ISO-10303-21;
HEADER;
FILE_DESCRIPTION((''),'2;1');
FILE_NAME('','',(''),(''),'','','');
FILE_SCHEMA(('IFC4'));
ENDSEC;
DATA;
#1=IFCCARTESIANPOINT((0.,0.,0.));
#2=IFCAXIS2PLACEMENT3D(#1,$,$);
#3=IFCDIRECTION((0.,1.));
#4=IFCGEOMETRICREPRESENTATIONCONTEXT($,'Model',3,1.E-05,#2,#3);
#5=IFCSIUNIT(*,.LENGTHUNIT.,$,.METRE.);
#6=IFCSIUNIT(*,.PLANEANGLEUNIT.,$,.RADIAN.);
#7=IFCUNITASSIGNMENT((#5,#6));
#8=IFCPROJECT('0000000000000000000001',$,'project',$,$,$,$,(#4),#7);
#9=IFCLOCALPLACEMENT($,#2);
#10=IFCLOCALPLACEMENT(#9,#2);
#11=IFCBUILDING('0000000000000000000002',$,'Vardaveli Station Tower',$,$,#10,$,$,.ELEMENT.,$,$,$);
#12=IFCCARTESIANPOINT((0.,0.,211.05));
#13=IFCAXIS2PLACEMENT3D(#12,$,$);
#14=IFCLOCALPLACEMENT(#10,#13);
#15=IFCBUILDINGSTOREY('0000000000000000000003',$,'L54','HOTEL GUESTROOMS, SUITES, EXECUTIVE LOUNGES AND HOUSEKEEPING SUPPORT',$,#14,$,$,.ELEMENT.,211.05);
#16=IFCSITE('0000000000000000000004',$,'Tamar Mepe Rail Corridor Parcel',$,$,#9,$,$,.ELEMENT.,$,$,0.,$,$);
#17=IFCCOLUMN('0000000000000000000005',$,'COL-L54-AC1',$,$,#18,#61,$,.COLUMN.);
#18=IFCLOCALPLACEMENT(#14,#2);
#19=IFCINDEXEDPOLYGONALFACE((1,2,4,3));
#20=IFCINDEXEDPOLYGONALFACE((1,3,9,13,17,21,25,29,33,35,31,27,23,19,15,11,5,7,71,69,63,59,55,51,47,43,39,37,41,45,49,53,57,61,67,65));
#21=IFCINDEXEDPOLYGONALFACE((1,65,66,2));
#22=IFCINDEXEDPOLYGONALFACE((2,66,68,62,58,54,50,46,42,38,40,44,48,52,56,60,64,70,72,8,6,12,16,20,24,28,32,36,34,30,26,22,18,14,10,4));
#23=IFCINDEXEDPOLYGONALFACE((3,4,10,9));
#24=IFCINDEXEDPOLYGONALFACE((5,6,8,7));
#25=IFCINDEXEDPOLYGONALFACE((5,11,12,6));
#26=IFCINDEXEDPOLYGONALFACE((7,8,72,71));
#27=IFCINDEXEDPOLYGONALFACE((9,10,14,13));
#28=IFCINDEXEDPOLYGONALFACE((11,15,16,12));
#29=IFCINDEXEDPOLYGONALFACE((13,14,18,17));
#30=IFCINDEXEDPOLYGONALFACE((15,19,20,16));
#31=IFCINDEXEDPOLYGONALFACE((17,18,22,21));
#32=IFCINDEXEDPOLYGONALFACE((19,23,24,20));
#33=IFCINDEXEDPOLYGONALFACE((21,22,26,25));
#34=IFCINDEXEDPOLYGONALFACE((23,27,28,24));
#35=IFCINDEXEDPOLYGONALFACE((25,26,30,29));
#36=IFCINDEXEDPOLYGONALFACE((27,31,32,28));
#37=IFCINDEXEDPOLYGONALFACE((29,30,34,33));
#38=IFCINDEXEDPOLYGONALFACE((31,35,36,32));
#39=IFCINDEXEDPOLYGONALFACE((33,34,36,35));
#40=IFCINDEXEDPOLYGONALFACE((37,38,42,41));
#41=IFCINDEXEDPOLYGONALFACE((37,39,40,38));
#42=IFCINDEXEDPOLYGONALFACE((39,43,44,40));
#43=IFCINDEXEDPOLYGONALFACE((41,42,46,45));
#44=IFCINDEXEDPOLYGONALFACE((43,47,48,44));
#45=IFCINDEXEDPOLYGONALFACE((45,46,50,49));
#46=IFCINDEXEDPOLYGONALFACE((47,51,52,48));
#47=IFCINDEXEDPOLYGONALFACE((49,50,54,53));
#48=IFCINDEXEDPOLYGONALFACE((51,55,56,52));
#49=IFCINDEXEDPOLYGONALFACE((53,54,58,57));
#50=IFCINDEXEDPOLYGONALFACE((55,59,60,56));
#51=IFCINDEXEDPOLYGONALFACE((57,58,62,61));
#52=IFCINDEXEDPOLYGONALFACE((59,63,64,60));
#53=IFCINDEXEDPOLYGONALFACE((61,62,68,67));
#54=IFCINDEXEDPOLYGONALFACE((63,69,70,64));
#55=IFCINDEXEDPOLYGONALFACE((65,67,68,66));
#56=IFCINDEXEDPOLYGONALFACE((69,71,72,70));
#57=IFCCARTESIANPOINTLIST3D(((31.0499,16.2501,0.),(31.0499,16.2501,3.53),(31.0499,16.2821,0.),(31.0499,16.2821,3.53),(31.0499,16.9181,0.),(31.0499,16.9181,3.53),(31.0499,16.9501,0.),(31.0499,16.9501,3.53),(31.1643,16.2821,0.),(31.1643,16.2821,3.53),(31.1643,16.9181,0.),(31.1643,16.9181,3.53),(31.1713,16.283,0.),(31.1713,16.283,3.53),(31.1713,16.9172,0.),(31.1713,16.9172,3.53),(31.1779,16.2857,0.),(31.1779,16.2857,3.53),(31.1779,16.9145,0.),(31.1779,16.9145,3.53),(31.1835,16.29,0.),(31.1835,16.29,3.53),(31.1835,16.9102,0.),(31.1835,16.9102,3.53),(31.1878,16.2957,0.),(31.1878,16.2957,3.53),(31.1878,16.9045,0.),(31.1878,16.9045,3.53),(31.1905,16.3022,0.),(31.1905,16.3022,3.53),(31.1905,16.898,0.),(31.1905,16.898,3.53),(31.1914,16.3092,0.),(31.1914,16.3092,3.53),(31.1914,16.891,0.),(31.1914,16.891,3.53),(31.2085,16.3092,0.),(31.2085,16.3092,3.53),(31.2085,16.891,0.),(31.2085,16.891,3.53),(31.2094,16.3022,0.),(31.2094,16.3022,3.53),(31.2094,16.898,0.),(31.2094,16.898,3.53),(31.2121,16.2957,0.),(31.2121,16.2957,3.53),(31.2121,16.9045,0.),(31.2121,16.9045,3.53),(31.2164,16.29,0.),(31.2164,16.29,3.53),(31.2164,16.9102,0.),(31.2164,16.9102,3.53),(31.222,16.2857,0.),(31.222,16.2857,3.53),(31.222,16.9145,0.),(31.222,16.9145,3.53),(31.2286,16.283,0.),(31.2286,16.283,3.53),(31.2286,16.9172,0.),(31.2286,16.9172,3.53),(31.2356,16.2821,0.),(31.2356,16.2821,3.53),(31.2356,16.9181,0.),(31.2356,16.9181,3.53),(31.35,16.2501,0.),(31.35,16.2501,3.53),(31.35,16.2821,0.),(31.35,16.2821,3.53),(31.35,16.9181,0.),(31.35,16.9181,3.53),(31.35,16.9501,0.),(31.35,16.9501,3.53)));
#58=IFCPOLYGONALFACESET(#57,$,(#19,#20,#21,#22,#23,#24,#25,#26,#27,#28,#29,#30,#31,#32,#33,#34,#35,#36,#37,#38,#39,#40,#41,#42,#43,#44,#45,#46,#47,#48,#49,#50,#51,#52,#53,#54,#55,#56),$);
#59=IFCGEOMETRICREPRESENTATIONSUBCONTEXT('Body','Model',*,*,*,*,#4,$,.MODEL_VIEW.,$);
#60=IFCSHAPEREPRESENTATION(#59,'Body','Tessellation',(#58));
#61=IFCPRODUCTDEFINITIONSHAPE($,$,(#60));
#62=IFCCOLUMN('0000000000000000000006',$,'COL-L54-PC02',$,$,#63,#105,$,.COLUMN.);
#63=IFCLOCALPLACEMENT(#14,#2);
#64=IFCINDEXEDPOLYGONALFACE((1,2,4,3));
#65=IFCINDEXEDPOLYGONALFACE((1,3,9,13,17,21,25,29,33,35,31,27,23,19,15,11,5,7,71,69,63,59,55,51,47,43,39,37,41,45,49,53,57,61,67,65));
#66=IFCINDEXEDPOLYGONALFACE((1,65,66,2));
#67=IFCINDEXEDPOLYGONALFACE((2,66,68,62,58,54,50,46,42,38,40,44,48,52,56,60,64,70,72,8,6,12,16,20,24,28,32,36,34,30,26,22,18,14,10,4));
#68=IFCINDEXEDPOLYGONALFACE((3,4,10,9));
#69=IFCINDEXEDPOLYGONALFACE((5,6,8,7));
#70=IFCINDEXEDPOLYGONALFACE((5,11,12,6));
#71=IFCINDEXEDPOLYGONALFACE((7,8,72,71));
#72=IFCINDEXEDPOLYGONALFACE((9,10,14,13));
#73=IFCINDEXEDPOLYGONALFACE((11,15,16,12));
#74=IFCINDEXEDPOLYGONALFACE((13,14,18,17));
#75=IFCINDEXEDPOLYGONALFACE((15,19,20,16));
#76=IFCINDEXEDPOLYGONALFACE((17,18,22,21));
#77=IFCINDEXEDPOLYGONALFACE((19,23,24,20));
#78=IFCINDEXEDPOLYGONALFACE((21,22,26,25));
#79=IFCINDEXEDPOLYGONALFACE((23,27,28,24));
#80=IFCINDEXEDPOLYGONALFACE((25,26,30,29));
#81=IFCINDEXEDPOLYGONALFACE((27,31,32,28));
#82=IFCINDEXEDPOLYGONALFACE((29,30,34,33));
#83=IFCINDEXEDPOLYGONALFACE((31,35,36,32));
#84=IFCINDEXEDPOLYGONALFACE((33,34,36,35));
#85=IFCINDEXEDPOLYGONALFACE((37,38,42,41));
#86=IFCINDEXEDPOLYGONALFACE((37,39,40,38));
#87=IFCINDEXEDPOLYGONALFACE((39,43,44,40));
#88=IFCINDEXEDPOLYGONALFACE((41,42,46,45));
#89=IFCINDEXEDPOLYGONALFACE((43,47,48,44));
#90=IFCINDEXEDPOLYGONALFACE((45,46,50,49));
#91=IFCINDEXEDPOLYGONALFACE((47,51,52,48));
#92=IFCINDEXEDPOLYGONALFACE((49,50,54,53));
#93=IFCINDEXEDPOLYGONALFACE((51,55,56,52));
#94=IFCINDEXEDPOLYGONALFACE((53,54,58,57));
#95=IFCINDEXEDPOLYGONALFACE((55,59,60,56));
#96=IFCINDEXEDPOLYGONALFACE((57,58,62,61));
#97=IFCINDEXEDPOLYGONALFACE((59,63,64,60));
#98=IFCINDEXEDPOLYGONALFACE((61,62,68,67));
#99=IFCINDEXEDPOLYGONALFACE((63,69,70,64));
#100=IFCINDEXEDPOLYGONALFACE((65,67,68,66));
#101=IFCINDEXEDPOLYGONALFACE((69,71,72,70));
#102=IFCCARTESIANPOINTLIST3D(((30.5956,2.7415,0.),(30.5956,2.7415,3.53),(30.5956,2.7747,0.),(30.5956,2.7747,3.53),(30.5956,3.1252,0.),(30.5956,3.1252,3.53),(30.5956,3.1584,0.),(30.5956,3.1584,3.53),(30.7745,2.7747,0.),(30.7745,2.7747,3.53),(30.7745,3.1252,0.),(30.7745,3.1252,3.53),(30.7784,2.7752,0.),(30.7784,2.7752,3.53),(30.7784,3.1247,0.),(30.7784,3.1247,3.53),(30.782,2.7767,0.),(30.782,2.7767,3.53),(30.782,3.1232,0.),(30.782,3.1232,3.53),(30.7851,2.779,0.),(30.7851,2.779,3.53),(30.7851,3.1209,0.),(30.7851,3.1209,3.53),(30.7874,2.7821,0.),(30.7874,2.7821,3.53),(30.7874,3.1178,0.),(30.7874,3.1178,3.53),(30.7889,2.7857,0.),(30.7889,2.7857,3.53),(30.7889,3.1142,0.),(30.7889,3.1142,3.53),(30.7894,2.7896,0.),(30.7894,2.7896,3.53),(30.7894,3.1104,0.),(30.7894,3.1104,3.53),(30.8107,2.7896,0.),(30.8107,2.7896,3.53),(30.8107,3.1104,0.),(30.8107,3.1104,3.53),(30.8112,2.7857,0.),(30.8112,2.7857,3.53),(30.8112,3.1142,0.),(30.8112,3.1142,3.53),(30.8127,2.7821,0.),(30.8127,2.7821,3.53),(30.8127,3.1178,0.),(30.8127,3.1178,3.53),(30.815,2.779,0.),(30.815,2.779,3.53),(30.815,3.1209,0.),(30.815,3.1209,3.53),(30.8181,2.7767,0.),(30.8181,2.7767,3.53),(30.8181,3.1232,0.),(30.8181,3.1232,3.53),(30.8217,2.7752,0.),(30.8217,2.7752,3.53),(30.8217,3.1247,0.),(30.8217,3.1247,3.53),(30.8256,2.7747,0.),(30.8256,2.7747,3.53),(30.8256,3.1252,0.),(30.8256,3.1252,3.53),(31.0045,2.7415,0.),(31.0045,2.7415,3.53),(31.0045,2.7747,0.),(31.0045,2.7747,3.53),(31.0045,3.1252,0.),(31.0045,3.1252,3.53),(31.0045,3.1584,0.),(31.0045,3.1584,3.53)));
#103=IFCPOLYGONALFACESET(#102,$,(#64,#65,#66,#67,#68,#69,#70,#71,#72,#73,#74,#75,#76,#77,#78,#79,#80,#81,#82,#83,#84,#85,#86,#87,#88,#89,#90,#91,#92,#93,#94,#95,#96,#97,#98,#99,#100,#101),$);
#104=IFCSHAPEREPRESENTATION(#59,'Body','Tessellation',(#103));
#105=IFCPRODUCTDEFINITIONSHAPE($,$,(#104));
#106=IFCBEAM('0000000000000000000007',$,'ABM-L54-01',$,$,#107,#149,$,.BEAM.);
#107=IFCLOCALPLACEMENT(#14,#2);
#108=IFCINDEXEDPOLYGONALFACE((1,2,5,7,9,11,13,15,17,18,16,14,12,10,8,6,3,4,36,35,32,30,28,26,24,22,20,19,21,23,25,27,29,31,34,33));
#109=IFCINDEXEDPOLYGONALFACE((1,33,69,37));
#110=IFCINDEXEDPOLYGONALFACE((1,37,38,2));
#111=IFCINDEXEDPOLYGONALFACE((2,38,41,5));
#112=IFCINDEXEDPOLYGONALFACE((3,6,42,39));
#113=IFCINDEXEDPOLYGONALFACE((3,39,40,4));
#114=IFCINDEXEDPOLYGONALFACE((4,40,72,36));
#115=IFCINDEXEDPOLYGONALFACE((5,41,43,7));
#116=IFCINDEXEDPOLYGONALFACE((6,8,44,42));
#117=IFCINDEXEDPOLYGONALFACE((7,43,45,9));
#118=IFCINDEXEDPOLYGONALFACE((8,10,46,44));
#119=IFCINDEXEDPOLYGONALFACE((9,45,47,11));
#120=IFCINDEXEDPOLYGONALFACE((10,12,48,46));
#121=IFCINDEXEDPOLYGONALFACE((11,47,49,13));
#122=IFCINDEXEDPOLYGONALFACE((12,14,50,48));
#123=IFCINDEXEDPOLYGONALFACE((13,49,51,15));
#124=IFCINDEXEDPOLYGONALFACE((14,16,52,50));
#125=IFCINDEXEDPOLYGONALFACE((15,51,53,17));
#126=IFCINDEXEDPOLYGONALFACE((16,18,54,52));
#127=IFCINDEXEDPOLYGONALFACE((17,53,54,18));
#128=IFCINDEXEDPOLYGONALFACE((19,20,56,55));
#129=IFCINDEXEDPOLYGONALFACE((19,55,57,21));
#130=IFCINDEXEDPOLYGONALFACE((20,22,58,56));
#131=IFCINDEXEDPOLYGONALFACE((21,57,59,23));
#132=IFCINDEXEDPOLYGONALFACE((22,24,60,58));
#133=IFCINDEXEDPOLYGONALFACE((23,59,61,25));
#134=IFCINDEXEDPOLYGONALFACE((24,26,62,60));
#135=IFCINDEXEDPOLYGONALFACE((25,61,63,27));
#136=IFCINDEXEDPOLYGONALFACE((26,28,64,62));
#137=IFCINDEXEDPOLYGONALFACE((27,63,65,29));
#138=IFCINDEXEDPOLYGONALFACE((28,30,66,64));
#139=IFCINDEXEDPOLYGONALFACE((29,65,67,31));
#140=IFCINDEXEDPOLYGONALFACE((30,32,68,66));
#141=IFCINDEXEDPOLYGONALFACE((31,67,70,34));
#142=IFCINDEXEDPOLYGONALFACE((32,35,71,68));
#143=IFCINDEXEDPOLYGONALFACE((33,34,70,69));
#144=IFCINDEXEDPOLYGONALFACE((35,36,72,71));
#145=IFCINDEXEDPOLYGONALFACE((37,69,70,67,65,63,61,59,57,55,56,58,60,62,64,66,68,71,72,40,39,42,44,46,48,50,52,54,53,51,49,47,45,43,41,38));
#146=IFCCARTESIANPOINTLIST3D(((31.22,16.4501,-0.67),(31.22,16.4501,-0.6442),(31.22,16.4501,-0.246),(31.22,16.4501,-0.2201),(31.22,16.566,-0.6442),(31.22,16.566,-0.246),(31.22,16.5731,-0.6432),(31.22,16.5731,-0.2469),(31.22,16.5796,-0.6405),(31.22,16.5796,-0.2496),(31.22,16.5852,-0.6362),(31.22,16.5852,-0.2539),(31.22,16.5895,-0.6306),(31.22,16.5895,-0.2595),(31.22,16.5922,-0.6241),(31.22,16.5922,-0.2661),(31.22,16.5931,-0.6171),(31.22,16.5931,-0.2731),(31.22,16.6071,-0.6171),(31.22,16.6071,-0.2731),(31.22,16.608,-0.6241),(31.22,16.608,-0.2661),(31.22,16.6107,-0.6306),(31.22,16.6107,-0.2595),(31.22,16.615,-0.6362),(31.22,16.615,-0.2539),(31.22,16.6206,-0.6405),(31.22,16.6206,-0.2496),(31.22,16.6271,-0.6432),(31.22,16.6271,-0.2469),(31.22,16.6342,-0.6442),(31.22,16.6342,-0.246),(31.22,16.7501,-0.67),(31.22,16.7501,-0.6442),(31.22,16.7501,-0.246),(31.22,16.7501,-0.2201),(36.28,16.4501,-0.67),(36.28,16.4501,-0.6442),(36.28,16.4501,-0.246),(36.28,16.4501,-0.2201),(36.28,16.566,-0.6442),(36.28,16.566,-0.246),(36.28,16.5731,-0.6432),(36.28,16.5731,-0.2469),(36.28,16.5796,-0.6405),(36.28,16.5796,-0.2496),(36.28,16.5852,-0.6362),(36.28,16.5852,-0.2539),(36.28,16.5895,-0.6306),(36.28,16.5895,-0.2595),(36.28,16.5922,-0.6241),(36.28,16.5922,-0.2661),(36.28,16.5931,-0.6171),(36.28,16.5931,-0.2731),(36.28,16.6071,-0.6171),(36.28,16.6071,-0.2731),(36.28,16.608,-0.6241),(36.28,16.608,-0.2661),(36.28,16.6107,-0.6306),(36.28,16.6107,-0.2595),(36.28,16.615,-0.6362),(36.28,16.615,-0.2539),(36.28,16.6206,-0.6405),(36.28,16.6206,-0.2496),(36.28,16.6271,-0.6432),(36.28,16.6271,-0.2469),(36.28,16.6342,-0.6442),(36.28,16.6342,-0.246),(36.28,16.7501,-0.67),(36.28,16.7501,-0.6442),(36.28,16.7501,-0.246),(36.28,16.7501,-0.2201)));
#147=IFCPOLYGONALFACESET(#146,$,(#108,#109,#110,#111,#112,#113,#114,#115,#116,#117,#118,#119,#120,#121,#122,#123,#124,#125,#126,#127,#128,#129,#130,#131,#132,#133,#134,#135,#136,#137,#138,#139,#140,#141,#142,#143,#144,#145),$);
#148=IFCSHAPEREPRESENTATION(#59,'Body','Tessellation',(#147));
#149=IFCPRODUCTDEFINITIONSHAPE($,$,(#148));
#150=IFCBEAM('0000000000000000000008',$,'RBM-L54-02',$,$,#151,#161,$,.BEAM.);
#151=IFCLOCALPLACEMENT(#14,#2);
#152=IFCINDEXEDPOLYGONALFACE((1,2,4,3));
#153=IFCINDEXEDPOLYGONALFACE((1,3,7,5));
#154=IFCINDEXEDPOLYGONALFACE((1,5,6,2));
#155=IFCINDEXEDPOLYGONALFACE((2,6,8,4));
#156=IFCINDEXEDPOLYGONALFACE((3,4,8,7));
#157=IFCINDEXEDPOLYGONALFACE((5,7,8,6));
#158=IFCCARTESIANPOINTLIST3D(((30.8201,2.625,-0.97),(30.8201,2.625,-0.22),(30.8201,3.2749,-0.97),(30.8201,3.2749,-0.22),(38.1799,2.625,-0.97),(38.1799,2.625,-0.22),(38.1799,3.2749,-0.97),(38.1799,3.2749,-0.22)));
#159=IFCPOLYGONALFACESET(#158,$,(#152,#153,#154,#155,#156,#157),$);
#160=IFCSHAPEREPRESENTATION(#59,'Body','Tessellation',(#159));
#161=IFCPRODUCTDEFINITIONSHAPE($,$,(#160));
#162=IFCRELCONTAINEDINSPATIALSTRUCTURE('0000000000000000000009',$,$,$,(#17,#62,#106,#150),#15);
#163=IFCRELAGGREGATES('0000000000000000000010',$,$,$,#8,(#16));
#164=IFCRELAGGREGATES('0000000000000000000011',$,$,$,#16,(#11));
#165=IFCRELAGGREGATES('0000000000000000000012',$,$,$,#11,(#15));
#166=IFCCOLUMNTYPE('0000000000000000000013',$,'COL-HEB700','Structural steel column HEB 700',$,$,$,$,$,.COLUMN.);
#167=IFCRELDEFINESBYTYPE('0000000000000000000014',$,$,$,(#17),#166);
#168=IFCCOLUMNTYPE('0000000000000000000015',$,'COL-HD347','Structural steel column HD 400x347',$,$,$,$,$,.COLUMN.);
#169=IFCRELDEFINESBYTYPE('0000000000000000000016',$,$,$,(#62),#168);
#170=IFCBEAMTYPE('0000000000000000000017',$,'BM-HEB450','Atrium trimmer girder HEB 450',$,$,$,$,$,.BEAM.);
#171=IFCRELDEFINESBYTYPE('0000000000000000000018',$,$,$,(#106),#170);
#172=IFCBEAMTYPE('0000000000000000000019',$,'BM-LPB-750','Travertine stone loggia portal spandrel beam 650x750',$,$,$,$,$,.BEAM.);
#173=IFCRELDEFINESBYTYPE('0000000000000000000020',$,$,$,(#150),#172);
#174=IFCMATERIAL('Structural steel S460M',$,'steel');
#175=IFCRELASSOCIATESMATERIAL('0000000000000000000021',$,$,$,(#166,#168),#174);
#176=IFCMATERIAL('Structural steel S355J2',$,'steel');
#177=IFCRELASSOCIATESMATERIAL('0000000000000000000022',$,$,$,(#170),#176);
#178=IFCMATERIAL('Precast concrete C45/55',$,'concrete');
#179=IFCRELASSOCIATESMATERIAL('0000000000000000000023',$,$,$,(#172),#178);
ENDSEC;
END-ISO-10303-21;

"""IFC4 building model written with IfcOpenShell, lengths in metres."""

from ifc_helpers import new_model, si_unit, direction, frame, origin, origin_2d, place, context, subcontext, project, spatial, rectangle, i_section, extrude, source, transform, mapped, material, material_profile, profile_set, type_object, element, save


model = new_model("IFC4")

# Units and contexts
model_context = context("Model", 3, precision=1e-05, world=origin(), true_north=direction((0.0, 1.0)))
body_context = subcontext(model_context, "Body", "Model", "MODEL_VIEW")
ifc_project = project(units=[si_unit("LENGTHUNIT", "METRE"), si_unit("PLANEANGLEUNIT", "RADIAN")], contexts=[model_context])

# Site, building, storey
site_placement = place(None, origin())
site = spatial("IfcSite", under=ifc_project, at=site_placement, Name="Tamar Mepe Rail Corridor Parcel", CompositionType="ELEMENT", RefElevation=0.0)
building_placement = place(site_placement, origin())
building = spatial("IfcBuilding", under=site, at=building_placement, Name="Vardaveli Station Tower", CompositionType="ELEMENT")
storey_placement = place(building_placement, frame((0.0, 0.0, 211.05)))
storey = spatial("IfcBuildingStorey", under=building, at=storey_placement, Name="L54", Description="HOTEL GUESTROOMS, SUITES, EXECUTIVE LOUNGES AND HOUSEKEEPING SUPPORT", CompositionType="ELEMENT", Elevation=211.05)

# Columns
ifc_material_1 = material(Name="Structural steel S460M", Category="steel")
ifc_material_profile_1 = material_profile(ifc_material_1, i_section(OverallWidth=0.3, OverallDepth=0.7, WebThickness=0.0171, FlangeThickness=0.032, FilletRadius=0.0271, at=origin_2d()), Name="HEB 700")
ifc_profile_set_1 = profile_set([ifc_material_profile_1], Name="Structural steel S460M")
column_type_1 = type_object("IfcColumnType", Name="COL-HEB700", Description="Structural steel column HEB 700", PredefinedType="COLUMN", material=ifc_profile_set_1)
shared_shape_1 = source(origin(), body_context, "Body", "SweptSolid", [
    extrude(i_section(OverallWidth=0.3, OverallDepth=0.7, WebThickness=0.0171, FlangeThickness=0.032, FilletRadius=0.0271, at=origin_2d()), origin(), (0.0, 0.0, 1.0), 3.53),
])
column_1_placement = place(storey_placement, frame((31.2, 16.6001, 0.0), z_axis=(0.0, 0.0, 1.0), x_axis=(1.0, 0.0, 0.0)))
element("IfcColumn", 1, at=column_1_placement, inside=storey, type_object=column_type_1, Name="COL-L54-AC1", PredefinedType="COLUMN", context=body_context, shape_type="MappedRepresentation", body=[
    mapped(shared_shape_1, transform((0.0, 0.0, 0.0), scale=1.0)),
])
ifc_material_profile_2 = material_profile(ifc_material_1, i_section(OverallWidth=0.4089, OverallDepth=0.417, WebThickness=0.0212, FlangeThickness=0.0332, FilletRadius=0.0149, at=origin_2d()), Name="HD 400x347")
ifc_profile_set_2 = profile_set([ifc_material_profile_2], Name="Structural steel S460M")
column_type_2 = type_object("IfcColumnType", Name="COL-HD347", Description="Structural steel column HD 400x347", PredefinedType="COLUMN", material=ifc_profile_set_2)
shared_shape_2 = source(origin(), body_context, "Body", "SweptSolid", [
    extrude(i_section(OverallWidth=0.4089, OverallDepth=0.417, WebThickness=0.0212, FlangeThickness=0.0332, FilletRadius=0.0149, at=origin_2d()), origin(), (0.0, 0.0, 1.0), 3.53),
])
column_2_placement = place(storey_placement, frame((30.8, 2.95, 0.0), z_axis=(0.0, 0.0, 1.0), x_axis=(1.0, 0.0, 0.0)))
element("IfcColumn", 2, at=column_2_placement, inside=storey, type_object=column_type_2, Name="COL-L54-PC02", PredefinedType="COLUMN", context=body_context, shape_type="MappedRepresentation", body=[
    mapped(shared_shape_2, transform((0.0, 0.0, 0.0), scale=1.0)),
])

# Beams
ifc_material_2 = material(Name="Structural steel S355J2", Category="steel")
ifc_material_profile_3 = material_profile(ifc_material_2, i_section(OverallWidth=0.3, OverallDepth=0.45, WebThickness=0.0139, FlangeThickness=0.0259, FilletRadius=0.0271, at=origin_2d()), Name="HEB 450")
ifc_profile_set_3 = profile_set([ifc_material_profile_3], Name="Structural steel S355J2")
beam_type_1 = type_object("IfcBeamType", Name="BM-HEB450", Description="Atrium trimmer girder HEB 450", PredefinedType="BEAM", material=ifc_profile_set_3)
shared_shape_3 = source(origin(), body_context, "Body", "SweptSolid", [
    extrude(i_section(OverallWidth=0.3, OverallDepth=0.45, WebThickness=0.0139, FlangeThickness=0.0259, FilletRadius=0.0271, at=origin_2d()), origin(), (0.0, 0.0, 1.0), 5.0601),
])
beam_1_placement = place(storey_placement, frame((31.22, 16.6001, -0.4451), z_axis=(1.0, 0.0, 0.0), x_axis=(0.0, 1.0, 0.0)))
element("IfcBeam", 3, at=beam_1_placement, inside=storey, type_object=beam_type_1, Name="ABM-L54-01", PredefinedType="BEAM", context=body_context, shape_type="MappedRepresentation", body=[
    mapped(shared_shape_3, transform((0.0, 0.0, 0.0), scale=1.0)),
])
ifc_material_3 = material(Name="Precast concrete C45/55", Category="concrete")
ifc_material_profile_4 = material_profile(ifc_material_3, rectangle(XDim=0.6499, YDim=0.75, at=origin_2d()), Name="LPB 650x750")
ifc_profile_set_4 = profile_set([ifc_material_profile_4], Name="Precast concrete C45/55")
beam_type_2 = type_object("IfcBeamType", Name="BM-LPB-750", Description="Travertine stone loggia portal spandrel beam 650x750", PredefinedType="BEAM", material=ifc_profile_set_4)
shared_shape_4 = source(origin(), body_context, "Body", "SweptSolid", [
    extrude(rectangle(XDim=0.6499, YDim=0.75, at=origin_2d()), origin(), (0.0, 0.0, 1.0), 7.3599),
])
beam_2_placement = place(storey_placement, frame((30.8201, 2.95, -0.595), z_axis=(1.0, 0.0, 0.0), x_axis=(0.0, 1.0, 0.0)))
element("IfcBeam", 4, at=beam_2_placement, inside=storey, type_object=beam_type_2, Name="RBM-L54-02", PredefinedType="BEAM", context=body_context, shape_type="MappedRepresentation", body=[
    mapped(shared_shape_4, transform((0.0, 0.0, 0.0), scale=1.0)),
])

save(model, "model.ifc")
